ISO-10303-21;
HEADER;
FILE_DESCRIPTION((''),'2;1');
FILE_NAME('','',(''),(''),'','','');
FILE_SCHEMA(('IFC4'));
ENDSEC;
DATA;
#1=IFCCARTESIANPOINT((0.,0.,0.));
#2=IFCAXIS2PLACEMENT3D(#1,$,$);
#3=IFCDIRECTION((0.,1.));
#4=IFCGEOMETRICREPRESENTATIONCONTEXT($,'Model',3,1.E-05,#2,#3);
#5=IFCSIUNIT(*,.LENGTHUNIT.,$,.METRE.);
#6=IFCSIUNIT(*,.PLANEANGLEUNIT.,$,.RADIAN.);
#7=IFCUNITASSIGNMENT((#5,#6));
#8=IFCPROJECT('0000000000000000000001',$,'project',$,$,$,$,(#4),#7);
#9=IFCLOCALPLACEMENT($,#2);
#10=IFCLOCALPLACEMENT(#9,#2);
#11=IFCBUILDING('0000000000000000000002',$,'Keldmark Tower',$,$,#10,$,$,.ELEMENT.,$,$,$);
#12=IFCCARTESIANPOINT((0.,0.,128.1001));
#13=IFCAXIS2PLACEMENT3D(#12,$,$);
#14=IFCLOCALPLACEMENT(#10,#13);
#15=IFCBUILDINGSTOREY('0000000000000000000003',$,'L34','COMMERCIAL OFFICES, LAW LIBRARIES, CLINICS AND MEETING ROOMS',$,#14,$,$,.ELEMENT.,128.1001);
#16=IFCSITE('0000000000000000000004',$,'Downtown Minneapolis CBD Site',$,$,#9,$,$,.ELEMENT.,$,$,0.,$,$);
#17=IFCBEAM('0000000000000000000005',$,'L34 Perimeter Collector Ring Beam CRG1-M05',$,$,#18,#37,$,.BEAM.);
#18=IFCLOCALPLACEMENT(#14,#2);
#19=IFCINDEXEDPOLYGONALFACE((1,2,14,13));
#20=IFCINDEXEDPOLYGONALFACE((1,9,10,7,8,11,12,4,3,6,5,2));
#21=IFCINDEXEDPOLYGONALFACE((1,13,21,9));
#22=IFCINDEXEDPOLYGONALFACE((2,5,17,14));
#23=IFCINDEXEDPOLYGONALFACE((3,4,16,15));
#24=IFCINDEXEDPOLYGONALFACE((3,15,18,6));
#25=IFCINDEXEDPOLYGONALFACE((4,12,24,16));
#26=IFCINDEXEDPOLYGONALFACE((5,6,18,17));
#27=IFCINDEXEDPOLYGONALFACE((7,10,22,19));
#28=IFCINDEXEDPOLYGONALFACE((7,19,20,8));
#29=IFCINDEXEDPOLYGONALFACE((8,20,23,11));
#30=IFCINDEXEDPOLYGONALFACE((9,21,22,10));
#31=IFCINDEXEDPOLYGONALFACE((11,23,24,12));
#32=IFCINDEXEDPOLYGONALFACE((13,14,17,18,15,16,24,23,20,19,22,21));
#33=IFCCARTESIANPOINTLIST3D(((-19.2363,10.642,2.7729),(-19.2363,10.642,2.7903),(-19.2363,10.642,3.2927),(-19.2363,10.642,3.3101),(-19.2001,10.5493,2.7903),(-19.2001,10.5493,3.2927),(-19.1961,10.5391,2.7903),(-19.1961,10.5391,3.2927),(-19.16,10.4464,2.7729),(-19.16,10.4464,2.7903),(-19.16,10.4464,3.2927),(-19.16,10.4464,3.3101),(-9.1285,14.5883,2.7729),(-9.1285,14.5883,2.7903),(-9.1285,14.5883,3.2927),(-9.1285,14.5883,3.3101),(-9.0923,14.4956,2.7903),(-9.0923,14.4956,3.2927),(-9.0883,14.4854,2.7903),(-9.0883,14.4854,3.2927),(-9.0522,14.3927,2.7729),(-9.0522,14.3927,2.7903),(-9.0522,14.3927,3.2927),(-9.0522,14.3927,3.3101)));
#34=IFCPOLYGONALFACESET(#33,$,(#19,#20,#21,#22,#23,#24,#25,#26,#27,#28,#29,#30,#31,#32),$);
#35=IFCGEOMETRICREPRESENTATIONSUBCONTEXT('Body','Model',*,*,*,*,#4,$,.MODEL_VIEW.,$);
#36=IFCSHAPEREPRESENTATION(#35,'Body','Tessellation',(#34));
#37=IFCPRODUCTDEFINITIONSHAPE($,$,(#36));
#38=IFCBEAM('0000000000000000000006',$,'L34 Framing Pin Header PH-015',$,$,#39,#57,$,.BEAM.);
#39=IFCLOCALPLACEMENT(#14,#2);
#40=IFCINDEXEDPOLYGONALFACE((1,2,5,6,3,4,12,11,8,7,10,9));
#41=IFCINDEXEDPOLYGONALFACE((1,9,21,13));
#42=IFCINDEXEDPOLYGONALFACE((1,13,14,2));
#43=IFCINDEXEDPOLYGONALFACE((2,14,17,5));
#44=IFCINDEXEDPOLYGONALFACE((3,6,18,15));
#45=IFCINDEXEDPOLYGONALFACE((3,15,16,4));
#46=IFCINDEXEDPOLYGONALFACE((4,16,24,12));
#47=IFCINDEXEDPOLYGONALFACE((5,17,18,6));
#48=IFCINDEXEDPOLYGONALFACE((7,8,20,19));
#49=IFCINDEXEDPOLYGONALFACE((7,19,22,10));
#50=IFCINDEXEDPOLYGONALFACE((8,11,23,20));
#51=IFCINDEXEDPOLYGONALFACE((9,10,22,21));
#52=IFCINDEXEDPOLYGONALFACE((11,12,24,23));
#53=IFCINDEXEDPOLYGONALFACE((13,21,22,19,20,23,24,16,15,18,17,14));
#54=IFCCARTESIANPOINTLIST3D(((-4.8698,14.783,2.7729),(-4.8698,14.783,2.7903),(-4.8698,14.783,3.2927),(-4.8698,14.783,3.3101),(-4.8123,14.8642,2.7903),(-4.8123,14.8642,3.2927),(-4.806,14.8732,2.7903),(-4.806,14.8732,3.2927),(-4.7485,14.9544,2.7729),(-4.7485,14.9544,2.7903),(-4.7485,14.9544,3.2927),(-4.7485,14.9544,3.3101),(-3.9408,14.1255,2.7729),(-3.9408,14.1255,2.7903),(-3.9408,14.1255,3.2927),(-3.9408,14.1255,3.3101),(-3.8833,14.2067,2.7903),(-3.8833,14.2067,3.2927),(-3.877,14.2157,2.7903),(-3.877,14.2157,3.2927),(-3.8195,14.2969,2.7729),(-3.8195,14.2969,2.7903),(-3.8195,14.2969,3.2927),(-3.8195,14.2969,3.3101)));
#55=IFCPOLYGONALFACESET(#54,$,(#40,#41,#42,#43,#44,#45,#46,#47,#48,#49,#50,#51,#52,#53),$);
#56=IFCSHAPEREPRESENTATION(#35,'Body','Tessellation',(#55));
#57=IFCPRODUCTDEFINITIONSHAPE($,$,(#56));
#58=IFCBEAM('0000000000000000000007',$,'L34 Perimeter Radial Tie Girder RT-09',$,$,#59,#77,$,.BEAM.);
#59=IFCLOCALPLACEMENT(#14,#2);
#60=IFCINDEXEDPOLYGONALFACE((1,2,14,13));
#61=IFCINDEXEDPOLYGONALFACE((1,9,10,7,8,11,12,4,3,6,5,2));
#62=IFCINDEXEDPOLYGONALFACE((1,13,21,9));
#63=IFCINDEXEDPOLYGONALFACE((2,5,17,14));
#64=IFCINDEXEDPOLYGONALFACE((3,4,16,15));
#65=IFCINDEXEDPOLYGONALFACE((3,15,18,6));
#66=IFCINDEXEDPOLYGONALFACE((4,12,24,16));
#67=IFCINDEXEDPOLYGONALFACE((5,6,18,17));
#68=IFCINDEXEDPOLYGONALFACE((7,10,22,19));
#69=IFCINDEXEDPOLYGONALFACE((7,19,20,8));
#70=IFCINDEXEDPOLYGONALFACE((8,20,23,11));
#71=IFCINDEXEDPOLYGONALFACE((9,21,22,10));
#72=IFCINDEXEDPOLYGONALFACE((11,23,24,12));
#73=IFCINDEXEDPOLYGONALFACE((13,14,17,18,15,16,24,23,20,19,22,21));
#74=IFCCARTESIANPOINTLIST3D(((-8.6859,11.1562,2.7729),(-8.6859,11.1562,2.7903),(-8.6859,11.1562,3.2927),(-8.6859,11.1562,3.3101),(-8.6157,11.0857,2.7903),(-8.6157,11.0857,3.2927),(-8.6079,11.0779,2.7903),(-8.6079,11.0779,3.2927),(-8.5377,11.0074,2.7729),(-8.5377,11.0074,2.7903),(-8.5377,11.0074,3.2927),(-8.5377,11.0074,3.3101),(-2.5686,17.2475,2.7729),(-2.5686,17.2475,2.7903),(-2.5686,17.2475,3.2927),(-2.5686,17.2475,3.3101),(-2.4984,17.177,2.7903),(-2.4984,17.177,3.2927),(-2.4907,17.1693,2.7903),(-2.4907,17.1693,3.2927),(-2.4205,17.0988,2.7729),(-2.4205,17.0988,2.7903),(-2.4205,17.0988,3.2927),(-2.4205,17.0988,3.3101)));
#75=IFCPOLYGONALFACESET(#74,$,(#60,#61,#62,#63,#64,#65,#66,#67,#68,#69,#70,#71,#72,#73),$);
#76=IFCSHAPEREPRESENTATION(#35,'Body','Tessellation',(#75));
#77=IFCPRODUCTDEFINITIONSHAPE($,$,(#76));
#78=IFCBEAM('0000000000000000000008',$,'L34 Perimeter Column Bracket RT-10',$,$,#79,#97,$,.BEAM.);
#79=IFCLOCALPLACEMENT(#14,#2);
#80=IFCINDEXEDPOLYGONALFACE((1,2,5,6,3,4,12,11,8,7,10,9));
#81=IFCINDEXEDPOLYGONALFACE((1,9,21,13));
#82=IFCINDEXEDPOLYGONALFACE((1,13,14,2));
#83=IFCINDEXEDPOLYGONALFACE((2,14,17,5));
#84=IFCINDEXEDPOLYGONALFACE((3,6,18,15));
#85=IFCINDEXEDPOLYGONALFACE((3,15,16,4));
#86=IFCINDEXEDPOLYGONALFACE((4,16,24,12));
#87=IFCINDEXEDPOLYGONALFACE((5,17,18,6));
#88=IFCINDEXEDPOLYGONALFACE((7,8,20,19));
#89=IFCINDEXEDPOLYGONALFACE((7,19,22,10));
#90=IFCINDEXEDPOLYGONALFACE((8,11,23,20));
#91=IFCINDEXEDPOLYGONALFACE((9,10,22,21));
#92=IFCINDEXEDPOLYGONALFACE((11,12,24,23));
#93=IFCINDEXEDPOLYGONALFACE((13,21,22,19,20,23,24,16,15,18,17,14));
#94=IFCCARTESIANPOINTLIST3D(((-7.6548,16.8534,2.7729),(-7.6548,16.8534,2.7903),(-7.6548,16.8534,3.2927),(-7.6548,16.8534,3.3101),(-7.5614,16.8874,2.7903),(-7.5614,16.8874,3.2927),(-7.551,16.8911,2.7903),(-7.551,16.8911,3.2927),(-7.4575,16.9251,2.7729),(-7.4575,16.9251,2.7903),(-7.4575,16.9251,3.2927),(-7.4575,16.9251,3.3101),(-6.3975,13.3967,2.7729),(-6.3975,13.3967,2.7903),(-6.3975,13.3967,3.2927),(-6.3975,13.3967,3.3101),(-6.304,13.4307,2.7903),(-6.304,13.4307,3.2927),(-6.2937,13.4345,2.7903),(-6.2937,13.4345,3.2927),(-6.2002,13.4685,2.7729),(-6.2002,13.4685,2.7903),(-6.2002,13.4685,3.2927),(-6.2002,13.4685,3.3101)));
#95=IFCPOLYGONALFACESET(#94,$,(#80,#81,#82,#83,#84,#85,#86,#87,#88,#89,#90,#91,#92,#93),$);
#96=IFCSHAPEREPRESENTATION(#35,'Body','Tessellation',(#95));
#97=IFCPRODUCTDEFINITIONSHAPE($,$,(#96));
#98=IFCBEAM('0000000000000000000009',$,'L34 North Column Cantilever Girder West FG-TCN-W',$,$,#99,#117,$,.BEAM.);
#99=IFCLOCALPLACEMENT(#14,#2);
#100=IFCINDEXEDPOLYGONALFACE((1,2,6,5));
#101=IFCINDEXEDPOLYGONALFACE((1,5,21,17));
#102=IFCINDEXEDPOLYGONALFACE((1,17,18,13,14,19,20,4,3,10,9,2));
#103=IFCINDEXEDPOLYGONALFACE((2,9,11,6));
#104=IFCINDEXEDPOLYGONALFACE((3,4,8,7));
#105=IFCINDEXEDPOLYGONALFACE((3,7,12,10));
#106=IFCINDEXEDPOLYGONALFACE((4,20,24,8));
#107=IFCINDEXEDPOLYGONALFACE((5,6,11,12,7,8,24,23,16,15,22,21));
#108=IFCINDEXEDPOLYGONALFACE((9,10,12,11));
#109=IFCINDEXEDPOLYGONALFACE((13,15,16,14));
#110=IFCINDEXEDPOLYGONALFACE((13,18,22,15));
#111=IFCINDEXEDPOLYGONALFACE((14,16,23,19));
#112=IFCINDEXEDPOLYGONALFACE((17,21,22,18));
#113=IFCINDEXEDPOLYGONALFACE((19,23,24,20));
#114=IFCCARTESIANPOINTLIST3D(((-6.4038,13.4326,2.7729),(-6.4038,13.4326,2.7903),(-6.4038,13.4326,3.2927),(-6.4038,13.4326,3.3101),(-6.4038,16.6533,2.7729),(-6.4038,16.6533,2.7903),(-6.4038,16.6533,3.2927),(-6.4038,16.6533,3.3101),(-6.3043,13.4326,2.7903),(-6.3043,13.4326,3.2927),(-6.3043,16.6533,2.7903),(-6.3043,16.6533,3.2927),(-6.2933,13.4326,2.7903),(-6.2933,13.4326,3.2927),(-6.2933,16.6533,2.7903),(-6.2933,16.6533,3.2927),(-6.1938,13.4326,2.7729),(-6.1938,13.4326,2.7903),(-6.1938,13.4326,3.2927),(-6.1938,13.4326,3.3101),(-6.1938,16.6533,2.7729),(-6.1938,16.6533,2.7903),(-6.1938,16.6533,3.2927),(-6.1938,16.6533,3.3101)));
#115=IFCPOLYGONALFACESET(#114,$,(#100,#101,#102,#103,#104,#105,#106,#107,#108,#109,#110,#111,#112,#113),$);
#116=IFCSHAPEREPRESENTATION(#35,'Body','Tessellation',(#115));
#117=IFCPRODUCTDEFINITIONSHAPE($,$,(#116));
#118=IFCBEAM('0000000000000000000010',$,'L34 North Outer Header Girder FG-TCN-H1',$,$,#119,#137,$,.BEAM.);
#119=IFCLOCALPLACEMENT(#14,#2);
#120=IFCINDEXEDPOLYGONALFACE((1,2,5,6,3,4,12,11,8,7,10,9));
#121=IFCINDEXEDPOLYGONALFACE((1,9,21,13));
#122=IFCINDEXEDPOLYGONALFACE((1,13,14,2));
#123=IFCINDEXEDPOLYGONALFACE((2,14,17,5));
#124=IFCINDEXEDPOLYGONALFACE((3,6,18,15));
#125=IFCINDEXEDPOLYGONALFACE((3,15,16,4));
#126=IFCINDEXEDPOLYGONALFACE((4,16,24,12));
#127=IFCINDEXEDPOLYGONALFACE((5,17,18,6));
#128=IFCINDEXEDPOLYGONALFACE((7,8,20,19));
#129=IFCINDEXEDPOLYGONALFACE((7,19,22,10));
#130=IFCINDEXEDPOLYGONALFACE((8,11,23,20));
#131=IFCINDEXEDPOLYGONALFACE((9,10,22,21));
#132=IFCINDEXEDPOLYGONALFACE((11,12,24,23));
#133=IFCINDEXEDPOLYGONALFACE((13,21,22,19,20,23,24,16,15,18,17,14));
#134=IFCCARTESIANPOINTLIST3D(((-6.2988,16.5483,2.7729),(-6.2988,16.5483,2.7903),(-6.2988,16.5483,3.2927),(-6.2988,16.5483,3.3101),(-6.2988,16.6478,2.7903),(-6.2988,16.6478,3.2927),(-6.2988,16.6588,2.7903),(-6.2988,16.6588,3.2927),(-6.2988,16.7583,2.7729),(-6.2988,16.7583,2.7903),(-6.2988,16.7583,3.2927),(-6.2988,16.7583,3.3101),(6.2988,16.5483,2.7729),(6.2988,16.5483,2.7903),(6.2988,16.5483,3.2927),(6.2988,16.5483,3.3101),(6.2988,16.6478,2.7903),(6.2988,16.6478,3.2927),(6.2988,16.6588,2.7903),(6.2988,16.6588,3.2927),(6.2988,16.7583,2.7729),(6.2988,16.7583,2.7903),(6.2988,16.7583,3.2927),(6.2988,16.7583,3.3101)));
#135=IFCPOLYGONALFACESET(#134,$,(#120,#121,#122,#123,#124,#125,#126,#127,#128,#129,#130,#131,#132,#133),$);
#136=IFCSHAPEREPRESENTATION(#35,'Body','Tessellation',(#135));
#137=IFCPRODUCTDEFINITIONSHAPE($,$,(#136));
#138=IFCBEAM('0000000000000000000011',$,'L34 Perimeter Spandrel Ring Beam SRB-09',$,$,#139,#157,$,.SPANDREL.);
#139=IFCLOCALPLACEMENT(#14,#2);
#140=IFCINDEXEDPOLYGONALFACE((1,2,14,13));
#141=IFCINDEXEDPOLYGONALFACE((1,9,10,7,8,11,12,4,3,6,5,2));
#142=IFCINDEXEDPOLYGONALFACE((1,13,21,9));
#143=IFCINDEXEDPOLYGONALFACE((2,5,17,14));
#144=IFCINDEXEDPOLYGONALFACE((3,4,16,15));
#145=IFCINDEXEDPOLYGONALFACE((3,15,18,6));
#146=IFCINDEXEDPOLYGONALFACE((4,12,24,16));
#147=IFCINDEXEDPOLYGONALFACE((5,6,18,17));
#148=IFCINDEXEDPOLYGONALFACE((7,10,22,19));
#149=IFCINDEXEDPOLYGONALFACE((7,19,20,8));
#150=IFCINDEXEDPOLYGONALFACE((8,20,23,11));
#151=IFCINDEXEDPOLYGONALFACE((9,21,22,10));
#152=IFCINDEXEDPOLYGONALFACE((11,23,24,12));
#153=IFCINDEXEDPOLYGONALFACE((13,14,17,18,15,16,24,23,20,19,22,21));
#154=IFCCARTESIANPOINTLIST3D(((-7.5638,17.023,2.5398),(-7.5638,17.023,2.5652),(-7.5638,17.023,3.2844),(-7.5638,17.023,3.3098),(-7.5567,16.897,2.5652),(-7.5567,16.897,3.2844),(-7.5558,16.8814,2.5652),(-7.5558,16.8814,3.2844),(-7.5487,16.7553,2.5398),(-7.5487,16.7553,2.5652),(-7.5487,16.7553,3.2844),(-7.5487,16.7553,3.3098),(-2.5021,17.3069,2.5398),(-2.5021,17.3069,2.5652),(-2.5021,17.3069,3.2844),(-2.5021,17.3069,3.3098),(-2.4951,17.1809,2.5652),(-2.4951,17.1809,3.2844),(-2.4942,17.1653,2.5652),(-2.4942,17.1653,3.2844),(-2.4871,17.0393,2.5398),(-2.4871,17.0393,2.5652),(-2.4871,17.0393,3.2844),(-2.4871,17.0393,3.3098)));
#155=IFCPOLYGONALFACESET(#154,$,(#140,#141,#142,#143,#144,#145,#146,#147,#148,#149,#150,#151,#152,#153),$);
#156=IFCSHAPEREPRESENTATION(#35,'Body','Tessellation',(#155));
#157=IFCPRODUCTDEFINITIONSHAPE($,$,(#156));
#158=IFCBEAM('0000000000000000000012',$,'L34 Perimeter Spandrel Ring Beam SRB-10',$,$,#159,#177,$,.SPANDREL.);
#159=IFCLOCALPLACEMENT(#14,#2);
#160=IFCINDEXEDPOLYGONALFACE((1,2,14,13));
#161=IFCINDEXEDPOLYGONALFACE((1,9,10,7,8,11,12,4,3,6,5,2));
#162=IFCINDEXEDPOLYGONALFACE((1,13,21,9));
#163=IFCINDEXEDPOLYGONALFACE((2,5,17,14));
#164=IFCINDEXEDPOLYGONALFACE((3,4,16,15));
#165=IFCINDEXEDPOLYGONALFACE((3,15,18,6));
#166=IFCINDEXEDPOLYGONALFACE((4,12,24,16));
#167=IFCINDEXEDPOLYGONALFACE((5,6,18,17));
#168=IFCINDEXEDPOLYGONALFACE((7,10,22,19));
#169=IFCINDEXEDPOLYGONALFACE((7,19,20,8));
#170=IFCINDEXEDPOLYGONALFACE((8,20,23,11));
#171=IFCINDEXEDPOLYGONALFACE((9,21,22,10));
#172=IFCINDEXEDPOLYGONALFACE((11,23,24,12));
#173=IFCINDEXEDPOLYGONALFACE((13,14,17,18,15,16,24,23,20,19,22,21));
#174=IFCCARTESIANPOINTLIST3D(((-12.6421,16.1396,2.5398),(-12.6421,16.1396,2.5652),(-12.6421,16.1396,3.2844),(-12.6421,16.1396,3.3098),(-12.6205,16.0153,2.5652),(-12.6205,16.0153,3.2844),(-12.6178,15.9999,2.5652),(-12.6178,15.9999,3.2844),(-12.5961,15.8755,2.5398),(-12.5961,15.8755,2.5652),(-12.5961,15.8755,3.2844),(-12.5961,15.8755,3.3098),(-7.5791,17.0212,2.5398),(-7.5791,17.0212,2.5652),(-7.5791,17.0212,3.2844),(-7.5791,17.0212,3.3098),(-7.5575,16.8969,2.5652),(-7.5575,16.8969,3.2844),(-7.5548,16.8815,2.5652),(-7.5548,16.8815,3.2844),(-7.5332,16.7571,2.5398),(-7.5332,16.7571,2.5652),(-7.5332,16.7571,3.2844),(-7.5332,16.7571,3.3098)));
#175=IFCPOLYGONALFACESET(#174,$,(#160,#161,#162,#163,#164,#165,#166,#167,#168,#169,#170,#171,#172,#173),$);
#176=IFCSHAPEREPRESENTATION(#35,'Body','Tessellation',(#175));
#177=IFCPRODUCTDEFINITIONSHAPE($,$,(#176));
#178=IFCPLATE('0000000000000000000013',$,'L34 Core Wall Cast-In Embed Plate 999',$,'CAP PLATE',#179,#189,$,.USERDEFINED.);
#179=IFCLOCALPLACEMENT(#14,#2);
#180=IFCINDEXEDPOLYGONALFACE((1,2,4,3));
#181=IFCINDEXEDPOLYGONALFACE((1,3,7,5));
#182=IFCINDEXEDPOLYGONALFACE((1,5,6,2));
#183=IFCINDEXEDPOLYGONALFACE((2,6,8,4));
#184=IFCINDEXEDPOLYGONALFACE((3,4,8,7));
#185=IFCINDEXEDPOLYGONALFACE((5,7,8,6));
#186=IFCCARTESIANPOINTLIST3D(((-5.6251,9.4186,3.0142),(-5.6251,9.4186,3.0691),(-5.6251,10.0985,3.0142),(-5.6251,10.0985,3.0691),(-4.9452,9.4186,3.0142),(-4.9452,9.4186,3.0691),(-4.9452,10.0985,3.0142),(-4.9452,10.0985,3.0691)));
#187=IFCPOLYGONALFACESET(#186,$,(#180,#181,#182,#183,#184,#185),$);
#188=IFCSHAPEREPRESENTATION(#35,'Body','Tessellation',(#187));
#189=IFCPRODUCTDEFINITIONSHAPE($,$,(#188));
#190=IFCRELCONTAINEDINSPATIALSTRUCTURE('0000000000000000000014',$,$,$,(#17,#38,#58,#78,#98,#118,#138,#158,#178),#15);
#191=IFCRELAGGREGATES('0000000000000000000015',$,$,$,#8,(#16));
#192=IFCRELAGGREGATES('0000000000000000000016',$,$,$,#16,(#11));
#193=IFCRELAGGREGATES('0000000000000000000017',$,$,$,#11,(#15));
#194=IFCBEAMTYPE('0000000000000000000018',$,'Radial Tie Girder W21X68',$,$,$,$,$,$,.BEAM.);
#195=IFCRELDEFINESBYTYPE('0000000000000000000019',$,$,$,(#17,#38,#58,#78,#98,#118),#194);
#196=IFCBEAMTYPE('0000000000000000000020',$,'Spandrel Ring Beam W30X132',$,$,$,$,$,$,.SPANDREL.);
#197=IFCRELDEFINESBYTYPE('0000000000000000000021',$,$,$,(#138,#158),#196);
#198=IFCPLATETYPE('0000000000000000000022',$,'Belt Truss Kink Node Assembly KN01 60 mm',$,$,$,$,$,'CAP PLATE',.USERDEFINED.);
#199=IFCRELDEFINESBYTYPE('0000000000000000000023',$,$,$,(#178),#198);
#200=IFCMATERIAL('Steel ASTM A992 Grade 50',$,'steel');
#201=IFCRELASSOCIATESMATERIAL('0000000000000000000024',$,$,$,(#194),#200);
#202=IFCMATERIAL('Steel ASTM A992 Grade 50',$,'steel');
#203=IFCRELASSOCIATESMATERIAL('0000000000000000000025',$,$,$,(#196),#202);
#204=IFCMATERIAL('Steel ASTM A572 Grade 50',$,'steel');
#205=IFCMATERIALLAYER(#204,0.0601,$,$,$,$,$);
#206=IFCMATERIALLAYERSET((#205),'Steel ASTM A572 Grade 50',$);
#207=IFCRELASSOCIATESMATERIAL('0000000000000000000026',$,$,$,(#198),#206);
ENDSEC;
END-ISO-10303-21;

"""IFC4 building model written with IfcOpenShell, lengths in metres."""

from ifc_helpers import new_model, si_unit, direction, frame, origin, origin_2d, place, context, subcontext, project, spatial, rectangle, i_section, extrude, material, layer, layer_set, material_profile, profile_set, type_object, element, save


model = new_model("IFC4")

# Units and contexts
model_context = context("Model", 3, precision=1e-05, world=origin(), true_north=direction((0.0, 1.0)))
body_context = subcontext(model_context, "Body", "Model", "MODEL_VIEW")
ifc_project = project(units=[si_unit("LENGTHUNIT", "METRE"), si_unit("PLANEANGLEUNIT", "RADIAN")], contexts=[model_context])

# Site, building, storey
site_placement = place(None, origin())
site = spatial("IfcSite", under=ifc_project, at=site_placement, Name="Downtown Minneapolis CBD Site", CompositionType="ELEMENT", RefElevation=0.0)
building_placement = place(site_placement, origin())
building = spatial("IfcBuilding", under=site, at=building_placement, Name="Keldmark Tower", CompositionType="ELEMENT")
storey_placement = place(building_placement, frame((0.0, 0.0, 128.1001)))
storey = spatial("IfcBuildingStorey", under=building, at=storey_placement, Name="L34", Description="COMMERCIAL OFFICES, LAW LIBRARIES, CLINICS AND MEETING ROOMS", CompositionType="ELEMENT", Elevation=128.1001)

# Beams
ifc_material_1 = material(Name="Steel ASTM A992 Grade 50", Category="steel")
ifc_material_profile_1 = material_profile(ifc_material_1, i_section(OverallWidth=0.21, OverallDepth=0.5371, WebThickness=0.011, FlangeThickness=0.0173, at=origin_2d()), Name="W21X68")
ifc_profile_set_1 = profile_set([ifc_material_profile_1], Name="Steel ASTM A992 Grade 50")
beam_type_1 = type_object("IfcBeamType", Name="Radial Tie Girder W21X68", PredefinedType="BEAM", material=ifc_profile_set_1)
beam_1_placement = place(storey_placement, frame((-9.0903, 14.4905, 3.0415), z_axis=(-0.931523, -0.363682, 0.0), x_axis=(0.363682, -0.931523, 0.0)))
element("IfcBeam", 1, at=beam_1_placement, inside=storey, type_object=beam_type_1, Name="L34 Perimeter Collector Ring Beam CRG1-M05", PredefinedType="BEAM", context=body_context, shape_type="SweptSolid", body=[
    extrude(i_section(OverallWidth=0.21, OverallDepth=0.5371, WebThickness=0.011, FlangeThickness=0.0173, at=origin_2d()), origin(), (0.0, 0.0, 1.0), 10.8508),
])
beam_2_placement = place(storey_placement, frame((-3.8801, 14.2112, 3.0415), z_axis=(-0.816248, 0.577702, 0.0), x_axis=(-0.577702, -0.816248, 0.0)))
element("IfcBeam", 2, at=beam_2_placement, inside=storey, type_object=beam_type_1, Name="L34 Framing Pin Header PH-015", PredefinedType="BEAM", context=body_context, shape_type="SweptSolid", body=[
    extrude(i_section(OverallWidth=0.21, OverallDepth=0.5371, WebThickness=0.011, FlangeThickness=0.0173, at=origin_2d()), origin(), (0.0, 0.0, 1.0), 1.1382),
])
beam_3_placement = place(storey_placement, frame((-8.6118, 11.0818, 3.0415), z_axis=(0.708604, 0.705606, 0.0), x_axis=(-0.705606, 0.708604, 0.0)))
element("IfcBeam", 3, at=beam_3_placement, inside=storey, type_object=beam_type_1, Name="L34 Perimeter Radial Tie Girder RT-09", PredefinedType="BEAM", context=body_context, shape_type="SweptSolid", body=[
    extrude(i_section(OverallWidth=0.21, OverallDepth=0.5371, WebThickness=0.011, FlangeThickness=0.0173, at=origin_2d()), origin(), (0.0, 0.0, 1.0), 8.6328),
])
beam_4_placement = place(storey_placement, frame((-6.2988, 13.4326, 3.0415), z_axis=(-0.341839, 0.939759, 0.0), x_axis=(-0.939759, -0.341839, 0.0)))
element("IfcBeam", 4, at=beam_4_placement, inside=storey, type_object=beam_type_1, Name="L34 Perimeter Column Bracket RT-10", PredefinedType="BEAM", context=body_context, shape_type="SweptSolid", body=[
    extrude(i_section(OverallWidth=0.21, OverallDepth=0.5371, WebThickness=0.011, FlangeThickness=0.0173, at=origin_2d()), origin(), (0.0, 0.0, 1.0), 3.6782),
])
beam_5_placement = place(storey_placement, frame((-6.2988, 13.4326, 3.0415), z_axis=(0.0, 1.0, 0.0), x_axis=(-1.0, 0.0, 0.0)))
element("IfcBeam", 5, at=beam_5_placement, inside=storey, type_object=beam_type_1, Name="L34 North Column Cantilever Girder West FG-TCN-W", PredefinedType="BEAM", context=body_context, shape_type="SweptSolid", body=[
    extrude(i_section(OverallWidth=0.21, OverallDepth=0.5371, WebThickness=0.011, FlangeThickness=0.0173, at=origin_2d()), origin(), (0.0, 0.0, 1.0), 3.2207),
])
beam_6_placement = place(storey_placement, frame((-6.2988, 16.6533, 3.0415), z_axis=(1.0, 0.0, 0.0), x_axis=(0.0, 1.0, 0.0)))
element("IfcBeam", 6, at=beam_6_placement, inside=storey, type_object=beam_type_1, Name="L34 North Outer Header Girder FG-TCN-H1", PredefinedType="BEAM", context=body_context, shape_type="SweptSolid", body=[
    extrude(i_section(OverallWidth=0.21, OverallDepth=0.5371, WebThickness=0.011, FlangeThickness=0.0173, at=origin_2d()), origin(), (0.0, 0.0, 1.0), 12.5977),
])
ifc_material_2 = material(Name="Steel ASTM A992 Grade 50", Category="steel")
ifc_material_profile_2 = material_profile(ifc_material_2, i_section(OverallWidth=0.2681, OverallDepth=0.77, WebThickness=0.0156, FlangeThickness=0.0254, at=origin_2d()), Name="W30X132")
ifc_profile_set_2 = profile_set([ifc_material_profile_2], Name="Steel ASTM A992 Grade 50")
beam_type_2 = type_object("IfcBeamType", Name="Spandrel Ring Beam W30X132", PredefinedType="SPANDREL", material=ifc_profile_set_2)
beam_7_placement = place(storey_placement, frame((-2.4946, 17.1731, 2.9248), z_axis=(-0.99843, -0.056009, 0.0), x_axis=(0.056009, -0.99843, 0.0)))
element("IfcBeam", 7, at=beam_7_placement, inside=storey, type_object=beam_type_2, Name="L34 Perimeter Spandrel Ring Beam SRB-09", PredefinedType="SPANDREL", context=body_context, shape_type="SweptSolid", body=[
    extrude(i_section(OverallWidth=0.2681, OverallDepth=0.77, WebThickness=0.0156, FlangeThickness=0.0254, at=origin_2d()), origin(), (0.0, 0.0, 1.0), 5.0696),
])
beam_8_placement = place(storey_placement, frame((-7.5562, 16.8892, 2.9248), z_axis=(-0.985177, -0.171544, 0.0), x_axis=(0.171544, -0.985177, 0.0)))
element("IfcBeam", 8, at=beam_8_placement, inside=storey, type_object=beam_type_2, Name="L34 Perimeter Spandrel Ring Beam SRB-10", PredefinedType="SPANDREL", context=body_context, shape_type="SweptSolid", body=[
    extrude(i_section(OverallWidth=0.2681, OverallDepth=0.77, WebThickness=0.0156, FlangeThickness=0.0254, at=origin_2d()), origin(), (0.0, 0.0, 1.0), 5.1392),
])

# Plate
ifc_material_3 = material(Name="Steel ASTM A572 Grade 50", Category="steel")
ifc_layer_1 = layer(ifc_material_3, 0.0601)
ifc_layer_set_1 = layer_set([ifc_layer_1], Name="Steel ASTM A572 Grade 50")
plate_type_1 = type_object("IfcPlateType", Name="Belt Truss Kink Node Assembly KN01 60 mm", ElementType="CAP PLATE", PredefinedType="USERDEFINED", material=ifc_layer_set_1)
for number, where, z_axis, x_axis, name in (
    (9, (-5.2852, 9.7585, 3.0142), (0.0, 0.0, 1.0), (1.0, 0.0, 0.0), "L34 Core Wall Cast-In Embed Plate 999"),
):
    element("IfcPlate", number, at=place(storey_placement, frame(where, z_axis=z_axis, x_axis=x_axis)), inside=storey, type_object=plate_type_1, Name=name, ObjectType="CAP PLATE", PredefinedType="USERDEFINED", context=body_context, shape_type="SweptSolid", body=[
        extrude(rectangle(XDim=0.6799, YDim=0.6799, at=origin_2d()), origin(), (0.0, 0.0, 1.0), 0.0549),
    ])

save(model, "model.ifc")
